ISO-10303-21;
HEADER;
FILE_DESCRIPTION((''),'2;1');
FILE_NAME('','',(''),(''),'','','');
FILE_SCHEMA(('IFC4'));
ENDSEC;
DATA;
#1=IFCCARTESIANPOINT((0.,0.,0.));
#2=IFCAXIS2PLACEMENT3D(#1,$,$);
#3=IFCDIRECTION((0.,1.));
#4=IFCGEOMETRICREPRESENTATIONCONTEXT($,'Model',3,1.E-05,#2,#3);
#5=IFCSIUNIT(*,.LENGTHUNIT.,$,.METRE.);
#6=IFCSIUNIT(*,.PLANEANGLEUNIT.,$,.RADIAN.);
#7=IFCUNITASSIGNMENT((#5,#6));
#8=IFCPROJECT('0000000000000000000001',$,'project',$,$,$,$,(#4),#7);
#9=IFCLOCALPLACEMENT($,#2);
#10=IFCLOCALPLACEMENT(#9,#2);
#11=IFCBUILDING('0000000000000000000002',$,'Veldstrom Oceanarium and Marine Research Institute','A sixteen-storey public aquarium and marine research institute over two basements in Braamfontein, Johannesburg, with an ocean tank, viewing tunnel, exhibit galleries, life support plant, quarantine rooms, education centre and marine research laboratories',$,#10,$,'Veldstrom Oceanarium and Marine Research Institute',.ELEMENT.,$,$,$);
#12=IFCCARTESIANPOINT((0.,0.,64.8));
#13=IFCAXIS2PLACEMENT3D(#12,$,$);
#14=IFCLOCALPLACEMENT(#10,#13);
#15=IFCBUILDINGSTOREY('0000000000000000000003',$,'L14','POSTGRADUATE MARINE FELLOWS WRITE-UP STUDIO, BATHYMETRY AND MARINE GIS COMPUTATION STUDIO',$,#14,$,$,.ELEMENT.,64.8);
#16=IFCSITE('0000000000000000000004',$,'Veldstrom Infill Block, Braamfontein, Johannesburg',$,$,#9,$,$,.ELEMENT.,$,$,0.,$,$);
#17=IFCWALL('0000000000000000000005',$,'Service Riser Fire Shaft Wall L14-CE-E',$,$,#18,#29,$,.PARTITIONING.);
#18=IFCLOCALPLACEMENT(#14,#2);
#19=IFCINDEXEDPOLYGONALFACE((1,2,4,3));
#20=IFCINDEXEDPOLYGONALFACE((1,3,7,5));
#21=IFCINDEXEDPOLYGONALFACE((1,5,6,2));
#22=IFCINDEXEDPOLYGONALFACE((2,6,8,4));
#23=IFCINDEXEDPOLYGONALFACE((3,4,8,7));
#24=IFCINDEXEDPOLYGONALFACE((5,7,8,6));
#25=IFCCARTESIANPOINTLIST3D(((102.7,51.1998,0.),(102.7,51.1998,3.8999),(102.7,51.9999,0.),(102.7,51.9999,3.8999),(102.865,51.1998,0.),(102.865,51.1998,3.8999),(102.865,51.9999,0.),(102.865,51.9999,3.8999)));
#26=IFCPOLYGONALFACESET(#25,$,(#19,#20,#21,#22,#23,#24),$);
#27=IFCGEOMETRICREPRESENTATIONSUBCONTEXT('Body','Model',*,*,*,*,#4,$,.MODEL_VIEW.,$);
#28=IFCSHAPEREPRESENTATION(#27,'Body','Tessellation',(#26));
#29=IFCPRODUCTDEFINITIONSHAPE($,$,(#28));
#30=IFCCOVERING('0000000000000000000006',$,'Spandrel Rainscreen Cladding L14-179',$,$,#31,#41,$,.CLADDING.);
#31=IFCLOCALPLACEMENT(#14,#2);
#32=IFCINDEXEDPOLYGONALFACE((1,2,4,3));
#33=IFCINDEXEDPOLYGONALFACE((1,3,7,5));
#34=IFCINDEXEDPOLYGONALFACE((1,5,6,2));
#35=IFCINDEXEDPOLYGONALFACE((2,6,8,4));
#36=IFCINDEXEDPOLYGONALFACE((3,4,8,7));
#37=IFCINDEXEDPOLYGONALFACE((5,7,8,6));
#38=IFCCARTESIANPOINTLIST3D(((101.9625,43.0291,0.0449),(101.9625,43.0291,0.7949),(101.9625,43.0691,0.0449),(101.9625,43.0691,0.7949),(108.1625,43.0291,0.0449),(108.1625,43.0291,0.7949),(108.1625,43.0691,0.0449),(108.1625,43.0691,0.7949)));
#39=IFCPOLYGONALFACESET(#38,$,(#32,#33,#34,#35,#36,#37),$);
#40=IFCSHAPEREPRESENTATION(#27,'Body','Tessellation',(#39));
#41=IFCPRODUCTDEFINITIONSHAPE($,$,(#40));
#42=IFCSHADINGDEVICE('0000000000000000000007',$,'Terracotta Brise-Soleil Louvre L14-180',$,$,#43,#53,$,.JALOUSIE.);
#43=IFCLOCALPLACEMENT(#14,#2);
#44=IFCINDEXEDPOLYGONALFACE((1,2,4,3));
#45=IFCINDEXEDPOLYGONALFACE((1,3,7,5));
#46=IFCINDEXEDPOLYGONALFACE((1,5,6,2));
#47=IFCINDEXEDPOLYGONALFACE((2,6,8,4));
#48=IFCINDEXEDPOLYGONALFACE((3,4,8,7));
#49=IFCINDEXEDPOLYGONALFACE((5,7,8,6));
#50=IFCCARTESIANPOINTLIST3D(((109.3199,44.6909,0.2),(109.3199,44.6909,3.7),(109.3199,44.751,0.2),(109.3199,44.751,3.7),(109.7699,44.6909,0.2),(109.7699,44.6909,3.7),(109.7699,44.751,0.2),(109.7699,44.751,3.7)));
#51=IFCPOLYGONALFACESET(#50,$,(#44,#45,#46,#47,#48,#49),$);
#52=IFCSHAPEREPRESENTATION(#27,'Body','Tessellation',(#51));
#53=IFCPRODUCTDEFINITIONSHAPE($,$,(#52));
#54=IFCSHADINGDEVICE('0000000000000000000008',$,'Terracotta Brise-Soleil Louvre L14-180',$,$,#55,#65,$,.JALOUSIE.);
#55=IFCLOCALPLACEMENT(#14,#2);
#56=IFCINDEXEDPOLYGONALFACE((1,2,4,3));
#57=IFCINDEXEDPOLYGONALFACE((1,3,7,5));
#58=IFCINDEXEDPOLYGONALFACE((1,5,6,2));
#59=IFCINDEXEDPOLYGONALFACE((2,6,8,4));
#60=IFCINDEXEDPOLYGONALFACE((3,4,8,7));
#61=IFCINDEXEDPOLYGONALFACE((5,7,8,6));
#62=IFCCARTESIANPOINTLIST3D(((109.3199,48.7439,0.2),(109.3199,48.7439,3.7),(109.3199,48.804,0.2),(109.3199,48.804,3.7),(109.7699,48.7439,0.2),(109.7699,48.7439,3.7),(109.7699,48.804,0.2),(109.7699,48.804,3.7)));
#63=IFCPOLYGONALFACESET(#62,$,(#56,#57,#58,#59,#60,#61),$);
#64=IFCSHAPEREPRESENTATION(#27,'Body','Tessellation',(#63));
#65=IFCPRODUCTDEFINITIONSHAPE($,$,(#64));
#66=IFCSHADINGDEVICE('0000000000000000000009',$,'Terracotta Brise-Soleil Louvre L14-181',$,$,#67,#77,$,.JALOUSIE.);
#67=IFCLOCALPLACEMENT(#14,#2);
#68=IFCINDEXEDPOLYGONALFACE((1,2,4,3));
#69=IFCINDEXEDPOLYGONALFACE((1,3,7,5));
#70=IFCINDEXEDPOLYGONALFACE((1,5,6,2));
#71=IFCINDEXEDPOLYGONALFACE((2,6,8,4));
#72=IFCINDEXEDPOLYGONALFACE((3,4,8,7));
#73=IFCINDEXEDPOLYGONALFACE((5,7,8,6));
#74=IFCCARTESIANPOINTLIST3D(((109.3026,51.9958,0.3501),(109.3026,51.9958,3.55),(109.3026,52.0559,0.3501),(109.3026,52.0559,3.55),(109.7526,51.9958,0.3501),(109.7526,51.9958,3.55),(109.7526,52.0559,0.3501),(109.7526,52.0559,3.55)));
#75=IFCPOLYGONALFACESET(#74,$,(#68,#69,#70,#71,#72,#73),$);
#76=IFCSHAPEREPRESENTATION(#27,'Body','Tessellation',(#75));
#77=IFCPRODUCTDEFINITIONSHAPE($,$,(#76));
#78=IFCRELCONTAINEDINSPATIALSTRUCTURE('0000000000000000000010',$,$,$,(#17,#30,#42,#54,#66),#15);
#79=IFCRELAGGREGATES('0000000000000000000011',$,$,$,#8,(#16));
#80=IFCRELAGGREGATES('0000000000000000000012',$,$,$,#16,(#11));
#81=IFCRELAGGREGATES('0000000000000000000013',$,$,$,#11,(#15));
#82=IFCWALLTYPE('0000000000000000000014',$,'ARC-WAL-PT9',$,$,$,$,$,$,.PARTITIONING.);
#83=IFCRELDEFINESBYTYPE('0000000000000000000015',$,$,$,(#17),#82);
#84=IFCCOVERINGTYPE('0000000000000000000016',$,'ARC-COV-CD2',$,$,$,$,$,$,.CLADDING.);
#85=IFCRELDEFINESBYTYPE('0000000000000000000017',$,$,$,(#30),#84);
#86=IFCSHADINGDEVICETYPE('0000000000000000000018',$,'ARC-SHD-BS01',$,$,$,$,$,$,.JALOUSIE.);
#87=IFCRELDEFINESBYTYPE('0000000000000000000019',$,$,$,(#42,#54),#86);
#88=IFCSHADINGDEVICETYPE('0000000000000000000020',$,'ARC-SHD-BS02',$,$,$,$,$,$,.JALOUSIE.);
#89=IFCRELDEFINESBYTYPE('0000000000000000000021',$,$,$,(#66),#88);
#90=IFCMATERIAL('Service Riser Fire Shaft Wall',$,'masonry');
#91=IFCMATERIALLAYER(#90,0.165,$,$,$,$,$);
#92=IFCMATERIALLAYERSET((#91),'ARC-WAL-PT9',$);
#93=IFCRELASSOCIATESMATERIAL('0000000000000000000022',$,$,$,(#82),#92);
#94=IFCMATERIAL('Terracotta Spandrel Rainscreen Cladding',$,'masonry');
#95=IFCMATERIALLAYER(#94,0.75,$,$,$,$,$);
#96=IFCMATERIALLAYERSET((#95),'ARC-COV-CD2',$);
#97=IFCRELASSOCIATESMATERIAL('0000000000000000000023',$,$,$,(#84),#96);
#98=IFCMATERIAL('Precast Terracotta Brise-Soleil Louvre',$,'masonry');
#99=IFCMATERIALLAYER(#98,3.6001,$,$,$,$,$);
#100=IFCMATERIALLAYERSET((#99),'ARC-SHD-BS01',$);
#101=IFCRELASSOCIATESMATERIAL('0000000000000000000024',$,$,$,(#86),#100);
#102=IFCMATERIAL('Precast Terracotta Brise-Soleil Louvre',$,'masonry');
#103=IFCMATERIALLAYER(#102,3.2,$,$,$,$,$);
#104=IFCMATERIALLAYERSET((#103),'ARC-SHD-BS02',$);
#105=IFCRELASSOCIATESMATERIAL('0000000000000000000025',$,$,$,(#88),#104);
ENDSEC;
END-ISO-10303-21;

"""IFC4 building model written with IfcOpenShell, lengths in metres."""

from ifc_helpers import new_model, si_unit, direction, frame, frame_2d, origin, origin_2d, place, context, subcontext, project, spatial, rectangle, extrude, material, layer, layer_set, type_object, element, save


model = new_model("IFC4")

# Units and contexts
model_context = context("Model", 3, precision=1e-05, world=origin(), true_north=direction((0.0, 1.0)))
body_context = subcontext(model_context, "Body", "Model", "MODEL_VIEW")
ifc_project = project(units=[si_unit("LENGTHUNIT", "METRE"), si_unit("PLANEANGLEUNIT", "RADIAN")], contexts=[model_context])

# Site, building, storey
site_placement = place(None, origin())
site = spatial("IfcSite", under=ifc_project, at=site_placement, Name="Veldstrom Infill Block, Braamfontein, Johannesburg", CompositionType="ELEMENT", RefElevation=0.0)
building_placement = place(site_placement, origin())
building = spatial("IfcBuilding", under=site, at=building_placement, Name="Veldstrom Oceanarium and Marine Research Institute", Description="A sixteen-storey public aquarium and marine research institute over two basements in Braamfontein, Johannesburg, with an ocean tank, viewing tunnel, exhibit galleries, life support plant, quarantine rooms, education centre and marine research laboratories", LongName="Veldstrom Oceanarium and Marine Research Institute", CompositionType="ELEMENT")
storey_placement = place(building_placement, frame((0.0, 0.0, 64.8)))
storey = spatial("IfcBuildingStorey", under=building, at=storey_placement, Name="L14", Description="POSTGRADUATE MARINE FELLOWS WRITE-UP STUDIO, BATHYMETRY AND MARINE GIS COMPUTATION STUDIO", CompositionType="ELEMENT", Elevation=64.8)

# Wall
ifc_material_1 = material(Name="Service Riser Fire Shaft Wall", Category="masonry")
ifc_layer_1 = layer(ifc_material_1, 0.165)
ifc_layer_set_1 = layer_set([ifc_layer_1], Name="ARC-WAL-PT9")
wall_type_1 = type_object("IfcWallType", Name="ARC-WAL-PT9", PredefinedType="PARTITIONING", material=ifc_layer_set_1)
for number, where, z_axis, x_axis, name in (
    (1, (102.7825, 51.2, 0.0), (0.0, 0.0, 1.0), (0.0, 1.0, 0.0), "Service Riser Fire Shaft Wall L14-CE-E"),
):
    element("IfcWall", number, at=place(storey_placement, frame(where, z_axis=z_axis, x_axis=x_axis)), inside=storey, type_object=wall_type_1, Name=name, PredefinedType="PARTITIONING", context=body_context, shape_type="SweptSolid", body=[
        extrude(rectangle(XDim=0.8, YDim=0.165, at=frame_2d((0.3999, 0.0))), origin(), (0.0, 0.0, 1.0), 3.8999),
    ])

# Covering
ifc_material_2 = material(Name="Terracotta Spandrel Rainscreen Cladding", Category="masonry")
ifc_layer_2 = layer(ifc_material_2, 0.75)
ifc_layer_set_2 = layer_set([ifc_layer_2], Name="ARC-COV-CD2")
covering_type = type_object("IfcCoveringType", Name="ARC-COV-CD2", PredefinedType="CLADDING", material=ifc_layer_set_2)
covering_placement = place(storey_placement, frame((105.0625, 43.0491, 0.0449), z_axis=(0.0, 0.0, 1.0), x_axis=(1.0, 0.0, 0.0)))
element("IfcCovering", 2, at=covering_placement, inside=storey, type_object=covering_type, Name="Spandrel Rainscreen Cladding L14-179", PredefinedType="CLADDING", context=body_context, shape_type="SweptSolid", body=[
    extrude(rectangle(XDim=6.2, YDim=0.04, at=origin_2d()), origin(), (0.0, 0.0, 1.0), 0.75),
])

# Shading devices
ifc_material_3 = material(Name="Precast Terracotta Brise-Soleil Louvre", Category="masonry")
ifc_layer_3 = layer(ifc_material_3, 3.6001)
ifc_layer_set_3 = layer_set([ifc_layer_3], Name="ARC-SHD-BS01")
shading_device_type_1 = type_object("IfcShadingDeviceType", Name="ARC-SHD-BS01", PredefinedType="JALOUSIE", material=ifc_layer_set_3)
for number, where, z_axis, x_axis, name in (
    (3, (109.5449, 44.7209, 0.2), (0.0, 0.0, 1.0), (1.0, 0.0, 0.0), "Terracotta Brise-Soleil Louvre L14-180"),
    (4, (109.5449, 48.7739, 0.2), (0.0, 0.0, 1.0), (1.0, 0.0, 0.0), "Terracotta Brise-Soleil Louvre L14-180"),
):
    element("IfcShadingDevice", number, at=place(storey_placement, frame(where, z_axis=z_axis, x_axis=x_axis)), inside=storey, type_object=shading_device_type_1, Name=name, PredefinedType="JALOUSIE", context=body_context, shape_type="SweptSolid", body=[
        extrude(rectangle(XDim=0.45, YDim=0.0601, at=origin_2d()), origin(), (0.0, 0.0, 1.0), 3.5),
    ])
ifc_material_4 = material(Name="Precast Terracotta Brise-Soleil Louvre", Category="masonry")
ifc_layer_4 = layer(ifc_material_4, 3.2)
ifc_layer_set_4 = layer_set([ifc_layer_4], Name="ARC-SHD-BS02")
shading_device_type_2 = type_object("IfcShadingDeviceType", Name="ARC-SHD-BS02", PredefinedType="JALOUSIE", material=ifc_layer_set_4)
shading_device_placement = place(storey_placement, frame((109.5276, 52.0259, 0.3501), z_axis=(0.0, 0.0, 1.0), x_axis=(1.0, 0.0, 0.0)))
element("IfcShadingDevice", 5, at=shading_device_placement, inside=storey, type_object=shading_device_type_2, Name="Terracotta Brise-Soleil Louvre L14-181", PredefinedType="JALOUSIE", context=body_context, shape_type="SweptSolid", body=[
    extrude(rectangle(XDim=0.45, YDim=0.0601, at=origin_2d()), origin(), (0.0, 0.0, 1.0), 3.2),
])

save(model, "model.ifc")
